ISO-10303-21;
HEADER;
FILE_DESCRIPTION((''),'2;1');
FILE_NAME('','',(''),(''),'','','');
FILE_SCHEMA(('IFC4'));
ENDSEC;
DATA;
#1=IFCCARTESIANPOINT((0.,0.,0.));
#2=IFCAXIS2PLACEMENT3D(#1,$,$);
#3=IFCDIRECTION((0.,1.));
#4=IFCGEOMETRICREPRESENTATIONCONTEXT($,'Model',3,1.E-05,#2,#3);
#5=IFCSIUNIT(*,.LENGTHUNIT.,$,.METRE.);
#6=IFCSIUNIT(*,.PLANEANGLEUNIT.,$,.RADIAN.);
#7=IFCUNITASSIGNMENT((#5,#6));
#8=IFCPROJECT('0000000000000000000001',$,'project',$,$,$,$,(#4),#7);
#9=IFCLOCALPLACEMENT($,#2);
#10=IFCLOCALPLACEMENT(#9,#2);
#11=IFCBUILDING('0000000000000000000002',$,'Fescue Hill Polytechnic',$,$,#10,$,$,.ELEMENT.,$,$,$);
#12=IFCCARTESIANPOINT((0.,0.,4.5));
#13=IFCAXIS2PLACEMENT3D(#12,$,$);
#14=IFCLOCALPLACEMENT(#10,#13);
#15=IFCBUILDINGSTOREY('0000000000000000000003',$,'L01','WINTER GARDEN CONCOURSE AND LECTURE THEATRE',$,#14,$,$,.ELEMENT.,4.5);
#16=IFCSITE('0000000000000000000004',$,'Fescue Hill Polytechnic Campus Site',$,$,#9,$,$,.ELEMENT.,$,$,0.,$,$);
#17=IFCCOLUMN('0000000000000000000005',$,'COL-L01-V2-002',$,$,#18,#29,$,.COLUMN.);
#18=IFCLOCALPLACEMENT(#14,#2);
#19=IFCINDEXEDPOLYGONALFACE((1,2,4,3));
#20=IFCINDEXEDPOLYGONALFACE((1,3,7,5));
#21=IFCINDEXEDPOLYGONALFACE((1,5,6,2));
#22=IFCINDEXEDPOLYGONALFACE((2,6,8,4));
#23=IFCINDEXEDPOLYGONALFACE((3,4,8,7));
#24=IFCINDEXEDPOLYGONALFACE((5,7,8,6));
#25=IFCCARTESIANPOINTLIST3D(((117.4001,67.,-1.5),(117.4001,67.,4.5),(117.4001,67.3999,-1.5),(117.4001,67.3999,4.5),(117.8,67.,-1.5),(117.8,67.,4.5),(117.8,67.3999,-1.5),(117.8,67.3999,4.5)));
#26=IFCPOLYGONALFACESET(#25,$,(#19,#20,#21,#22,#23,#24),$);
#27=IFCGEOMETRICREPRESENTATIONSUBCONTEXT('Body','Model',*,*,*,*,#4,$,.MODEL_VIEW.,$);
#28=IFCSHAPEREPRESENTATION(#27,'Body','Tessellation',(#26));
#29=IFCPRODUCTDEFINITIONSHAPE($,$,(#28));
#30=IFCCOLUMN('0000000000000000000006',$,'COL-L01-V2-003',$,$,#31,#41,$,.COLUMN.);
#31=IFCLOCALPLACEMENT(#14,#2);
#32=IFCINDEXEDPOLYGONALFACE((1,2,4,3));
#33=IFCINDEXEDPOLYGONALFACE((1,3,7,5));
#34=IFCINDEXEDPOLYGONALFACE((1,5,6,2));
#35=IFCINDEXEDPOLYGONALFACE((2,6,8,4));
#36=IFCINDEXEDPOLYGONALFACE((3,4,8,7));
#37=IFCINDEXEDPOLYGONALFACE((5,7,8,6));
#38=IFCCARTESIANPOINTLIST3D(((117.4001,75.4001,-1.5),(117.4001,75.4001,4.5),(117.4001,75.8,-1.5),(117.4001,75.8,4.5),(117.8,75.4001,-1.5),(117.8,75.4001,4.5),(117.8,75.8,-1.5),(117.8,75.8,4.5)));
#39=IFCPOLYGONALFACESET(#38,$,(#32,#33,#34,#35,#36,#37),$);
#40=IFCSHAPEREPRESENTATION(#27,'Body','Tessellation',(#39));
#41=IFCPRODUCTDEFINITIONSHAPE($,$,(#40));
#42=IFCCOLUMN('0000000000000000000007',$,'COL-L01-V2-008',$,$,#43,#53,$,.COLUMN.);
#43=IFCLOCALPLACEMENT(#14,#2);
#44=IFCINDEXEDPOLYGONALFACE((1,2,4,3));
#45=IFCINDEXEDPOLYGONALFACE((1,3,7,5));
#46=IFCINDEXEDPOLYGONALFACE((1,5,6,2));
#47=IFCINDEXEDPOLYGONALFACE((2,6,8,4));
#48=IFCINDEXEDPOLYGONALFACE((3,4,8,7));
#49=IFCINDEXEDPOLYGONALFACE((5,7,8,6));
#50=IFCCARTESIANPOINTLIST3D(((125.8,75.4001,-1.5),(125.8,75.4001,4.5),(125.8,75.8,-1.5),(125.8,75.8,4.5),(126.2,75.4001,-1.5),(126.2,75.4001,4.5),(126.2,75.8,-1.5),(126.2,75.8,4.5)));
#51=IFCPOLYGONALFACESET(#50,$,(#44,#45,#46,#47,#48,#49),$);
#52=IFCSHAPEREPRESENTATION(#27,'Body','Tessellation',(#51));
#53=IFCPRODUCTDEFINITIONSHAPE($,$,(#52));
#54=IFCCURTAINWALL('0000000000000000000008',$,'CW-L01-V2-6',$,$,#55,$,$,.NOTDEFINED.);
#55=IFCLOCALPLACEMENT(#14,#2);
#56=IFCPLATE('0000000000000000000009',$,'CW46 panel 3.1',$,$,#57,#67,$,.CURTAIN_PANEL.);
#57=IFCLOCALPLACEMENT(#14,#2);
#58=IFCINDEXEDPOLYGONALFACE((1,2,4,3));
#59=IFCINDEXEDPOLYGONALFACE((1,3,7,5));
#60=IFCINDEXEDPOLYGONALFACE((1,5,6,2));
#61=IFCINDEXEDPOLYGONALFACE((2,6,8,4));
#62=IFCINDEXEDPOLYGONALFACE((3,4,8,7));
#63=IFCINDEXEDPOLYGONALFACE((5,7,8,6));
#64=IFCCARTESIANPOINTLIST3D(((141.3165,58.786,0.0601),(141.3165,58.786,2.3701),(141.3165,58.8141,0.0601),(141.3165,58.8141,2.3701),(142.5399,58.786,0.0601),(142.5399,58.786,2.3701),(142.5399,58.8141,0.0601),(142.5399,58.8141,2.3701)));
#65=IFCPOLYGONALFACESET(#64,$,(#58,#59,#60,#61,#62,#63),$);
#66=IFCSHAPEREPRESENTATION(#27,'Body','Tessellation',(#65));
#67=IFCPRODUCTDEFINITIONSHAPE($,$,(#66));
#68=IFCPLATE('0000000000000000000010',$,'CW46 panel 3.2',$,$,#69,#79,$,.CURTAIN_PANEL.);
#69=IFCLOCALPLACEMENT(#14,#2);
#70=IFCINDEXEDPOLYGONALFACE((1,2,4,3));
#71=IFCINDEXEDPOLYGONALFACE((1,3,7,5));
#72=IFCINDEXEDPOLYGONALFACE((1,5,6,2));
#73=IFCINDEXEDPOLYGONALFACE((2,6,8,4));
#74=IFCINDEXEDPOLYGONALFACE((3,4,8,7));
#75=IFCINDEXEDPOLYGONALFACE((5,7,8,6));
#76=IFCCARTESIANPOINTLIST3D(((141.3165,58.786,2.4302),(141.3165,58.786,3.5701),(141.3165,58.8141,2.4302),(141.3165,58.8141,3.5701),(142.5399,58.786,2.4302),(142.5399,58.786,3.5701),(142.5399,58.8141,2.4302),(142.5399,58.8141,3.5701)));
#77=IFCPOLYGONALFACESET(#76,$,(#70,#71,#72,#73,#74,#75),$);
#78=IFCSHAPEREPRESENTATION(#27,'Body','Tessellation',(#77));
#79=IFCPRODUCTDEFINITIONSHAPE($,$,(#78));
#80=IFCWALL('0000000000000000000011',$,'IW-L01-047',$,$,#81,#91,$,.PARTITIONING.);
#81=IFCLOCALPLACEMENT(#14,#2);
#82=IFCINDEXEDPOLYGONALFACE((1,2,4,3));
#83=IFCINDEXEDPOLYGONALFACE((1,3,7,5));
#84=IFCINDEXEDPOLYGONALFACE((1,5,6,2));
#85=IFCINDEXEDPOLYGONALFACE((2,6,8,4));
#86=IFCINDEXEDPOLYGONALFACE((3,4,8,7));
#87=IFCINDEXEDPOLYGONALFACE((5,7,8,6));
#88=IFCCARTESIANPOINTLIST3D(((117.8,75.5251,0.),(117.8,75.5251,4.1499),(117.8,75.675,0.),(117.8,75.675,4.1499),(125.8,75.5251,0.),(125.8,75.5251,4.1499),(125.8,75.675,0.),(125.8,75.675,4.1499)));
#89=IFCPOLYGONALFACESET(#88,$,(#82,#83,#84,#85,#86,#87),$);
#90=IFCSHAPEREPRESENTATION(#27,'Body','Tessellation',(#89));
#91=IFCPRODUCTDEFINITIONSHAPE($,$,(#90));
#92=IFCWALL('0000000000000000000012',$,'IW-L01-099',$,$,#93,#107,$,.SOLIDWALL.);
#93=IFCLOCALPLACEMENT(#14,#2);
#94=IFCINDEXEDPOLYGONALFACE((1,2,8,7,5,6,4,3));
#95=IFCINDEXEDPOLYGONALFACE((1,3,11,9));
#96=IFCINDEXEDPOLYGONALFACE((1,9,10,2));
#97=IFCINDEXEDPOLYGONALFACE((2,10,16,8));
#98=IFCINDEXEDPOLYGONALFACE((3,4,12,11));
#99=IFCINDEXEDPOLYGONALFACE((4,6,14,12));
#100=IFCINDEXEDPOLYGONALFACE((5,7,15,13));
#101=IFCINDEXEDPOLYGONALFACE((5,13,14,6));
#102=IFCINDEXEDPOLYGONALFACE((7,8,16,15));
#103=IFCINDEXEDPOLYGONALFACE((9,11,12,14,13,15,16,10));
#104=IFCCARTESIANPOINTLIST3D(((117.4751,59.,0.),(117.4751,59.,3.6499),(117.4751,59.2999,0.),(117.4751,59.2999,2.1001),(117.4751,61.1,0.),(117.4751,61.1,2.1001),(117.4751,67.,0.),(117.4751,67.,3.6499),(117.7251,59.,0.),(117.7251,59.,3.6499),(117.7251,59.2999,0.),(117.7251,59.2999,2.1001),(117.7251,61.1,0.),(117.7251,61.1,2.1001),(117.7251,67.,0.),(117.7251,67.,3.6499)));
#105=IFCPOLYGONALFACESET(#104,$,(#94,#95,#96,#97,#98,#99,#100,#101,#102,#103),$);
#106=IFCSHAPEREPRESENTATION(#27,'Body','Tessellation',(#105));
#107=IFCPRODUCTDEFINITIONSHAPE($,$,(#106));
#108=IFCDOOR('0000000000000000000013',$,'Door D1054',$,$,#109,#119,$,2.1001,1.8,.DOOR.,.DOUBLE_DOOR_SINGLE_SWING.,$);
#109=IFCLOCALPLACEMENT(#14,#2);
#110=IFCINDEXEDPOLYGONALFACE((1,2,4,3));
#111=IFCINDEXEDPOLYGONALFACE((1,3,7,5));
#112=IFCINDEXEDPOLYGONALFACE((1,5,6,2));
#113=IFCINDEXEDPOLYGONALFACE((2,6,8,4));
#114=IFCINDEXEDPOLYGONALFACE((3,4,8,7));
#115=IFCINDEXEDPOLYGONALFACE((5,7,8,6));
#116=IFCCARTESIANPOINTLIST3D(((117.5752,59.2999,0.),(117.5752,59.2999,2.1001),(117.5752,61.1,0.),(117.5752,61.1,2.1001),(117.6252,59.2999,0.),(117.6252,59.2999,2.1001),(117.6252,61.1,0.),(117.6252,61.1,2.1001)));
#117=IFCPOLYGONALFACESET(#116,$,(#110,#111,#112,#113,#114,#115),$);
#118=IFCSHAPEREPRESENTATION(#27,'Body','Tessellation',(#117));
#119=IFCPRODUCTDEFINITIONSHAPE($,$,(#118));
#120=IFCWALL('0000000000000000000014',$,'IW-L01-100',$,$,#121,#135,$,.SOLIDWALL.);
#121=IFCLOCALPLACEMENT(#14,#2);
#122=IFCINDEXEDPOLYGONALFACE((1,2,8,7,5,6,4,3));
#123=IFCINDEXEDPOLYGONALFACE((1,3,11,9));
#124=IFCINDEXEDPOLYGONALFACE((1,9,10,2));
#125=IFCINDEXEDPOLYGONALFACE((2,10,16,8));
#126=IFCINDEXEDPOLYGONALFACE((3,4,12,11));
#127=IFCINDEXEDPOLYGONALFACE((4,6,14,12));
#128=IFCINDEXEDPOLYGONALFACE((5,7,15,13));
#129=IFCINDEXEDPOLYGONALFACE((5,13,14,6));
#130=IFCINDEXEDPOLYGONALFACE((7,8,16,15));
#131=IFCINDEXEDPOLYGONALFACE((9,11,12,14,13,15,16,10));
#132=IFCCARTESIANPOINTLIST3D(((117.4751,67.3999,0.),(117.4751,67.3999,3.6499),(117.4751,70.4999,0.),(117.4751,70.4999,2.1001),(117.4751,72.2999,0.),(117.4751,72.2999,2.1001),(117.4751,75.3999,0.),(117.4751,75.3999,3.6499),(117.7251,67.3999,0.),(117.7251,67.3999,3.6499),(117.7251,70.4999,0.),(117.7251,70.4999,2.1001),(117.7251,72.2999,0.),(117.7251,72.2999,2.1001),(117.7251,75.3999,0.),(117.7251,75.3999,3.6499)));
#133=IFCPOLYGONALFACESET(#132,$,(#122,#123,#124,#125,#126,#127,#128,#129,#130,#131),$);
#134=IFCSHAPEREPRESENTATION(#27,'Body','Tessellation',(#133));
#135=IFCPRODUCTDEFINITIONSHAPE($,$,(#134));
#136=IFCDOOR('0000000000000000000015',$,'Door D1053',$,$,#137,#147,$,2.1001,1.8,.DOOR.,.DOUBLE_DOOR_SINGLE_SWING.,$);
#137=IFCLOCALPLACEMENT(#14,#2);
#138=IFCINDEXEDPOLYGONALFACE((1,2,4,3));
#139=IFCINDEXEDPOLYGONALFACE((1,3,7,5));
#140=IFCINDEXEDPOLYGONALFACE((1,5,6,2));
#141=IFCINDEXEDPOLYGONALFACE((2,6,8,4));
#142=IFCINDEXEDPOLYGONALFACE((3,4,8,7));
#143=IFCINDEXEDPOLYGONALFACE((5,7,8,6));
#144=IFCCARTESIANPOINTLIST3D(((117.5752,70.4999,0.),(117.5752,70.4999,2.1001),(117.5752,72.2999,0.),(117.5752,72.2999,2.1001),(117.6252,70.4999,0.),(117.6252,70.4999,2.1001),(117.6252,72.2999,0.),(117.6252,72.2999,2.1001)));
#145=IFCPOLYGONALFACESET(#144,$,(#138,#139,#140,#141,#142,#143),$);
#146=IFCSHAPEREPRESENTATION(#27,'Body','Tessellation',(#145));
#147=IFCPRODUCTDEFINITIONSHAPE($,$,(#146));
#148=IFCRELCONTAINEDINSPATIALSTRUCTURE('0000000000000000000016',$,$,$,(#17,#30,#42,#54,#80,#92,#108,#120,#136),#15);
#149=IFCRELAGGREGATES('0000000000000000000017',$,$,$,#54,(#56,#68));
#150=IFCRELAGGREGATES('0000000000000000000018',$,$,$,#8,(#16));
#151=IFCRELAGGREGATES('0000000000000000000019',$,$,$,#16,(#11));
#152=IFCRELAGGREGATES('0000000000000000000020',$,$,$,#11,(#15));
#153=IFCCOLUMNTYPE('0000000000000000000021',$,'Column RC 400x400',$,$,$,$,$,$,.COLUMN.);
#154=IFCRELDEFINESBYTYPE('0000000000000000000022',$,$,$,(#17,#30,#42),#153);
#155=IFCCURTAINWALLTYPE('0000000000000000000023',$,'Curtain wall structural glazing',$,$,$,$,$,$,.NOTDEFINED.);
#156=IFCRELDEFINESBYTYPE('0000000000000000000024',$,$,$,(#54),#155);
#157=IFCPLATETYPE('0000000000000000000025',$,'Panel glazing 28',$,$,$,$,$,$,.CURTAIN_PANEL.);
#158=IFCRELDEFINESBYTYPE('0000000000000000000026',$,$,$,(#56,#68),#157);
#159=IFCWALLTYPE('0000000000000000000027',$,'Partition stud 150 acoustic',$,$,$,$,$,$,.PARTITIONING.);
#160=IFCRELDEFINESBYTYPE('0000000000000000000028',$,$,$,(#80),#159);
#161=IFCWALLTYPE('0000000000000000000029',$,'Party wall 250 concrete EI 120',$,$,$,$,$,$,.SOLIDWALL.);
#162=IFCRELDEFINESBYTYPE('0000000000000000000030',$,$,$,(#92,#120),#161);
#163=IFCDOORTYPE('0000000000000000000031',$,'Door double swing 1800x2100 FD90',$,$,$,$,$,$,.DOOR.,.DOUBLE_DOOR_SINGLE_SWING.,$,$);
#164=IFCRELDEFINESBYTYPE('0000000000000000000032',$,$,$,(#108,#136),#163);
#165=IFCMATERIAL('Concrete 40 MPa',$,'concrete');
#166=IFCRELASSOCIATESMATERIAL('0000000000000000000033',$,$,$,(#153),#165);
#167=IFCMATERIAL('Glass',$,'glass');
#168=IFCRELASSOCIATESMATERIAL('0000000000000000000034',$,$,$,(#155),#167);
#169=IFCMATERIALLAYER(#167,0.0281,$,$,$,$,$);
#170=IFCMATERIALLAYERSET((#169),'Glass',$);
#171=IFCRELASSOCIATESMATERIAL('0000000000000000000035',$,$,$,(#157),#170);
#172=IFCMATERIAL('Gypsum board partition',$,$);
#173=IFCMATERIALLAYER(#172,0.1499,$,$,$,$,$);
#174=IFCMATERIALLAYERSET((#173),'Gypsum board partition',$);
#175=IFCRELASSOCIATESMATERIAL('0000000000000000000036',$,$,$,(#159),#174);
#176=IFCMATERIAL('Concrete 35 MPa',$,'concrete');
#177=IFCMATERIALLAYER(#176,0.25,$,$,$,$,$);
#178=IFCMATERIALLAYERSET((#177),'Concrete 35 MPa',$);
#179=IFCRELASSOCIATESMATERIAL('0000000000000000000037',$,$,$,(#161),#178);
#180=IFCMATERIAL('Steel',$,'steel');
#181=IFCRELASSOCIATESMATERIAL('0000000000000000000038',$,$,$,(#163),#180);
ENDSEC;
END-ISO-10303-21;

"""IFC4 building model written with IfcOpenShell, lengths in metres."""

from ifc_helpers import new_model, si_unit, direction, frame, frame_2d, origin, origin_2d, place, context, subcontext, project, spatial, rectangle, extrude, material, layer, layer_set, material_profile, profile_set, type_object, element, fill, aggregate, save


model = new_model("IFC4")

# Units and contexts
model_context = context("Model", 3, precision=1e-05, world=origin(), true_north=direction((0.0, 1.0)))
body_context = subcontext(model_context, "Body", "Model", "MODEL_VIEW")
ifc_project = project(units=[si_unit("LENGTHUNIT", "METRE"), si_unit("PLANEANGLEUNIT", "RADIAN")], contexts=[model_context])

# Site, building, storey
site_placement = place(None, origin())
site = spatial("IfcSite", under=ifc_project, at=site_placement, Name="Fescue Hill Polytechnic Campus Site", CompositionType="ELEMENT", RefElevation=0.0)
building_placement = place(site_placement, origin())
building = spatial("IfcBuilding", under=site, at=building_placement, Name="Fescue Hill Polytechnic", CompositionType="ELEMENT")
storey_placement = place(building_placement, frame((0.0, 0.0, 4.5)))
storey = spatial("IfcBuildingStorey", under=building, at=storey_placement, Name="L01", Description="WINTER GARDEN CONCOURSE AND LECTURE THEATRE", CompositionType="ELEMENT", Elevation=4.5)

# Columns
ifc_material_1 = material(Name="Concrete 40 MPa", Category="concrete")
ifc_material_profile = material_profile(ifc_material_1, rectangle(XDim=0.3999, YDim=0.3999, at=origin_2d()), Name="RC 400x400")
ifc_profile_set = profile_set([ifc_material_profile], Name="Concrete 40 MPa")
column_type = type_object("IfcColumnType", Name="Column RC 400x400", PredefinedType="COLUMN", material=ifc_profile_set)
for number, where, z_axis, x_axis, name in (
    (1, (117.6001, 67.2, -1.5), (0.0, 0.0, 1.0), (1.0, 0.0, 0.0), "COL-L01-V2-002"),
    (2, (117.6001, 75.6001, -1.5), (0.0, 0.0, 1.0), (1.0, 0.0, 0.0), "COL-L01-V2-003"),
    (3, (126.0, 75.6001, -1.5), (0.0, 0.0, 1.0), (1.0, 0.0, 0.0), "COL-L01-V2-008"),
):
    element("IfcColumn", number, at=place(storey_placement, frame(where, z_axis=z_axis, x_axis=x_axis)), inside=storey, type_object=column_type, Name=name, PredefinedType="COLUMN", context=body_context, shape_type="SweptSolid", body=[
        extrude(rectangle(XDim=0.3999, YDim=0.3999, at=origin_2d()), origin(), (0.0, 0.0, 1.0), 6.0),
    ])

# Curtain wall, plates
ifc_material_2 = material(Name="Glass", Category="glass")
curtain_wall_type = type_object("IfcCurtainWallType", Name="Curtain wall structural glazing", PredefinedType="NOTDEFINED", material=ifc_material_2)
curtain_wall_placement = place(storey_placement, origin())
curtain_wall = element("IfcCurtainWall", 4, at=curtain_wall_placement, inside=storey, type_object=curtain_wall_type, Name="CW-L01-V2-6", PredefinedType="NOTDEFINED")
ifc_layer_1 = layer(ifc_material_2, 0.0281)
ifc_layer_set_1 = layer_set([ifc_layer_1], Name="Glass")
plate_type = type_object("IfcPlateType", Name="Panel glazing 28", PredefinedType="CURTAIN_PANEL", material=ifc_layer_set_1)
plate_1_placement = place(storey_placement, frame((141.9282, 58.8, 0.0601), z_axis=(0.0, 0.0, 1.0), x_axis=(1.0, 0.0, 0.0)))
plate_1 = element("IfcPlate", 5, at=plate_1_placement, type_object=plate_type, Name="CW46 panel 3.1", PredefinedType="CURTAIN_PANEL", context=body_context, shape_type="SweptSolid", body=[
    extrude(rectangle(XDim=1.2234, YDim=0.0281, at=origin_2d()), origin(), (0.0, 0.0, 1.0), 2.3101),
])
plate_2_placement = place(storey_placement, frame((141.9282, 58.8, 2.4302), z_axis=(0.0, 0.0, 1.0), x_axis=(1.0, 0.0, 0.0)))
plate_2 = element("IfcPlate", 6, at=plate_2_placement, type_object=plate_type, Name="CW46 panel 3.2", PredefinedType="CURTAIN_PANEL", context=body_context, shape_type="SweptSolid", body=[
    extrude(rectangle(XDim=1.2234, YDim=0.0281, at=origin_2d()), origin(), (0.0, 0.0, 1.0), 1.1399),
])
aggregate(curtain_wall, [plate_1, plate_2])

# Wall
ifc_material_3 = material(Name="Gypsum board partition")
ifc_layer_2 = layer(ifc_material_3, 0.1499)
ifc_layer_set_2 = layer_set([ifc_layer_2], Name="Gypsum board partition")
wall_type_1 = type_object("IfcWallType", Name="Partition stud 150 acoustic", PredefinedType="PARTITIONING", material=ifc_layer_set_2)
wall_1_placement = place(storey_placement, frame((117.8, 75.6001, 0.0), z_axis=(0.0, 0.0, 1.0), x_axis=(1.0, 0.0, 0.0)))
element("IfcWall", 7, at=wall_1_placement, inside=storey, type_object=wall_type_1, Name="IW-L01-047", PredefinedType="PARTITIONING", context=body_context, shape_type="SweptSolid", body=[
    extrude(rectangle(XDim=8.0, YDim=0.1499, at=frame_2d((4.0, 0.0))), origin(), (0.0, 0.0, 1.0), 4.1499),
])

# Walls, openings, doors
ifc_material_4 = material(Name="Concrete 35 MPa", Category="concrete")
ifc_layer_3 = layer(ifc_material_4, 0.25)
ifc_layer_set_3 = layer_set([ifc_layer_3], Name="Concrete 35 MPa")
wall_type_2 = type_object("IfcWallType", Name="Party wall 250 concrete EI 120", PredefinedType="SOLIDWALL", material=ifc_layer_set_3)
wall_2_placement = place(storey_placement, frame((117.6001, 59.0, 0.0), z_axis=(0.0, 0.0, 1.0), x_axis=(0.0, 1.0, 0.0)))
wall_2 = element("IfcWall", 8, at=wall_2_placement, inside=storey, type_object=wall_type_2, Name="IW-L01-099", PredefinedType="SOLIDWALL", context=body_context, shape_type="SweptSolid", body=[
    extrude(rectangle(XDim=8.0, YDim=0.25, at=frame_2d((4.0, 0.0))), origin(), (0.0, 0.0, 1.0), 3.6499),
])
opening_1_placement = place(wall_2_placement, frame((0.3, 0.0, 0.0)))
opening_1 = element("IfcOpeningElement", 9, at=opening_1_placement, cuts=wall_2, PredefinedType="OPENING", context=body_context, shape_type="SweptSolid", body=[
    extrude(rectangle(XDim=1.8, YDim=2.1001, at=frame_2d((0.8999, 1.05))), frame((0.0, 0.135, 0.0), z_axis=(0.0, -1.0, 0.0), x_axis=(1.0, 0.0, 0.0)), (0.0, 0.0, 1.0), 0.27),
])
ifc_material_5 = material(Name="Steel", Category="steel")
door_type = type_object("IfcDoorType", Name="Door double swing 1800x2100 FD90", OperationType="DOUBLE_DOOR_SINGLE_SWING", PredefinedType="DOOR", material=ifc_material_5)
door_1_placement = place(opening_1_placement, origin())
door_1 = element("IfcDoor", 10, at=door_1_placement, inside=storey, type_object=door_type, Name="Door D1054", OperationType="DOUBLE_DOOR_SINGLE_SWING", OverallHeight=2.1001, OverallWidth=1.8, PredefinedType="DOOR", context=body_context, shape_type="SweptSolid", body=[
    extrude(rectangle(XDim=1.8, YDim=2.1001, at=frame_2d((0.8999, 1.05))), frame((0.0, 0.0249, 0.0), z_axis=(0.0, -1.0, 0.0), x_axis=(1.0, 0.0, 0.0)), (0.0, 0.0, 1.0), 0.05),
])
fill(opening_1, door_1)
wall_3_placement = place(storey_placement, frame((117.6001, 67.3999, 0.0), z_axis=(0.0, 0.0, 1.0), x_axis=(0.0, 1.0, 0.0)))
wall_3 = element("IfcWall", 11, at=wall_3_placement, inside=storey, type_object=wall_type_2, Name="IW-L01-100", PredefinedType="SOLIDWALL", context=body_context, shape_type="SweptSolid", body=[
    extrude(rectangle(XDim=8.0, YDim=0.25, at=frame_2d((4.0, 0.0))), origin(), (0.0, 0.0, 1.0), 3.6499),
])
opening_2_placement = place(wall_3_placement, frame((3.1001, 0.0, 0.0)))
opening_2 = element("IfcOpeningElement", 12, at=opening_2_placement, cuts=wall_3, PredefinedType="OPENING", context=body_context, shape_type="SweptSolid", body=[
    extrude(rectangle(XDim=1.8, YDim=2.1001, at=frame_2d((0.8999, 1.05))), frame((0.0, 0.135, 0.0), z_axis=(0.0, -1.0, 0.0), x_axis=(1.0, 0.0, 0.0)), (0.0, 0.0, 1.0), 0.27),
])
door_2_placement = place(opening_2_placement, origin())
door_2 = element("IfcDoor", 13, at=door_2_placement, inside=storey, type_object=door_type, Name="Door D1053", OperationType="DOUBLE_DOOR_SINGLE_SWING", OverallHeight=2.1001, OverallWidth=1.8, PredefinedType="DOOR", context=body_context, shape_type="SweptSolid", body=[
    extrude(rectangle(XDim=1.8, YDim=2.1001, at=frame_2d((0.8999, 1.05))), frame((0.0, 0.0249, 0.0), z_axis=(0.0, -1.0, 0.0), x_axis=(1.0, 0.0, 0.0)), (0.0, 0.0, 1.0), 0.05),
])
fill(opening_2, door_2)

save(model, "model.ifc")
